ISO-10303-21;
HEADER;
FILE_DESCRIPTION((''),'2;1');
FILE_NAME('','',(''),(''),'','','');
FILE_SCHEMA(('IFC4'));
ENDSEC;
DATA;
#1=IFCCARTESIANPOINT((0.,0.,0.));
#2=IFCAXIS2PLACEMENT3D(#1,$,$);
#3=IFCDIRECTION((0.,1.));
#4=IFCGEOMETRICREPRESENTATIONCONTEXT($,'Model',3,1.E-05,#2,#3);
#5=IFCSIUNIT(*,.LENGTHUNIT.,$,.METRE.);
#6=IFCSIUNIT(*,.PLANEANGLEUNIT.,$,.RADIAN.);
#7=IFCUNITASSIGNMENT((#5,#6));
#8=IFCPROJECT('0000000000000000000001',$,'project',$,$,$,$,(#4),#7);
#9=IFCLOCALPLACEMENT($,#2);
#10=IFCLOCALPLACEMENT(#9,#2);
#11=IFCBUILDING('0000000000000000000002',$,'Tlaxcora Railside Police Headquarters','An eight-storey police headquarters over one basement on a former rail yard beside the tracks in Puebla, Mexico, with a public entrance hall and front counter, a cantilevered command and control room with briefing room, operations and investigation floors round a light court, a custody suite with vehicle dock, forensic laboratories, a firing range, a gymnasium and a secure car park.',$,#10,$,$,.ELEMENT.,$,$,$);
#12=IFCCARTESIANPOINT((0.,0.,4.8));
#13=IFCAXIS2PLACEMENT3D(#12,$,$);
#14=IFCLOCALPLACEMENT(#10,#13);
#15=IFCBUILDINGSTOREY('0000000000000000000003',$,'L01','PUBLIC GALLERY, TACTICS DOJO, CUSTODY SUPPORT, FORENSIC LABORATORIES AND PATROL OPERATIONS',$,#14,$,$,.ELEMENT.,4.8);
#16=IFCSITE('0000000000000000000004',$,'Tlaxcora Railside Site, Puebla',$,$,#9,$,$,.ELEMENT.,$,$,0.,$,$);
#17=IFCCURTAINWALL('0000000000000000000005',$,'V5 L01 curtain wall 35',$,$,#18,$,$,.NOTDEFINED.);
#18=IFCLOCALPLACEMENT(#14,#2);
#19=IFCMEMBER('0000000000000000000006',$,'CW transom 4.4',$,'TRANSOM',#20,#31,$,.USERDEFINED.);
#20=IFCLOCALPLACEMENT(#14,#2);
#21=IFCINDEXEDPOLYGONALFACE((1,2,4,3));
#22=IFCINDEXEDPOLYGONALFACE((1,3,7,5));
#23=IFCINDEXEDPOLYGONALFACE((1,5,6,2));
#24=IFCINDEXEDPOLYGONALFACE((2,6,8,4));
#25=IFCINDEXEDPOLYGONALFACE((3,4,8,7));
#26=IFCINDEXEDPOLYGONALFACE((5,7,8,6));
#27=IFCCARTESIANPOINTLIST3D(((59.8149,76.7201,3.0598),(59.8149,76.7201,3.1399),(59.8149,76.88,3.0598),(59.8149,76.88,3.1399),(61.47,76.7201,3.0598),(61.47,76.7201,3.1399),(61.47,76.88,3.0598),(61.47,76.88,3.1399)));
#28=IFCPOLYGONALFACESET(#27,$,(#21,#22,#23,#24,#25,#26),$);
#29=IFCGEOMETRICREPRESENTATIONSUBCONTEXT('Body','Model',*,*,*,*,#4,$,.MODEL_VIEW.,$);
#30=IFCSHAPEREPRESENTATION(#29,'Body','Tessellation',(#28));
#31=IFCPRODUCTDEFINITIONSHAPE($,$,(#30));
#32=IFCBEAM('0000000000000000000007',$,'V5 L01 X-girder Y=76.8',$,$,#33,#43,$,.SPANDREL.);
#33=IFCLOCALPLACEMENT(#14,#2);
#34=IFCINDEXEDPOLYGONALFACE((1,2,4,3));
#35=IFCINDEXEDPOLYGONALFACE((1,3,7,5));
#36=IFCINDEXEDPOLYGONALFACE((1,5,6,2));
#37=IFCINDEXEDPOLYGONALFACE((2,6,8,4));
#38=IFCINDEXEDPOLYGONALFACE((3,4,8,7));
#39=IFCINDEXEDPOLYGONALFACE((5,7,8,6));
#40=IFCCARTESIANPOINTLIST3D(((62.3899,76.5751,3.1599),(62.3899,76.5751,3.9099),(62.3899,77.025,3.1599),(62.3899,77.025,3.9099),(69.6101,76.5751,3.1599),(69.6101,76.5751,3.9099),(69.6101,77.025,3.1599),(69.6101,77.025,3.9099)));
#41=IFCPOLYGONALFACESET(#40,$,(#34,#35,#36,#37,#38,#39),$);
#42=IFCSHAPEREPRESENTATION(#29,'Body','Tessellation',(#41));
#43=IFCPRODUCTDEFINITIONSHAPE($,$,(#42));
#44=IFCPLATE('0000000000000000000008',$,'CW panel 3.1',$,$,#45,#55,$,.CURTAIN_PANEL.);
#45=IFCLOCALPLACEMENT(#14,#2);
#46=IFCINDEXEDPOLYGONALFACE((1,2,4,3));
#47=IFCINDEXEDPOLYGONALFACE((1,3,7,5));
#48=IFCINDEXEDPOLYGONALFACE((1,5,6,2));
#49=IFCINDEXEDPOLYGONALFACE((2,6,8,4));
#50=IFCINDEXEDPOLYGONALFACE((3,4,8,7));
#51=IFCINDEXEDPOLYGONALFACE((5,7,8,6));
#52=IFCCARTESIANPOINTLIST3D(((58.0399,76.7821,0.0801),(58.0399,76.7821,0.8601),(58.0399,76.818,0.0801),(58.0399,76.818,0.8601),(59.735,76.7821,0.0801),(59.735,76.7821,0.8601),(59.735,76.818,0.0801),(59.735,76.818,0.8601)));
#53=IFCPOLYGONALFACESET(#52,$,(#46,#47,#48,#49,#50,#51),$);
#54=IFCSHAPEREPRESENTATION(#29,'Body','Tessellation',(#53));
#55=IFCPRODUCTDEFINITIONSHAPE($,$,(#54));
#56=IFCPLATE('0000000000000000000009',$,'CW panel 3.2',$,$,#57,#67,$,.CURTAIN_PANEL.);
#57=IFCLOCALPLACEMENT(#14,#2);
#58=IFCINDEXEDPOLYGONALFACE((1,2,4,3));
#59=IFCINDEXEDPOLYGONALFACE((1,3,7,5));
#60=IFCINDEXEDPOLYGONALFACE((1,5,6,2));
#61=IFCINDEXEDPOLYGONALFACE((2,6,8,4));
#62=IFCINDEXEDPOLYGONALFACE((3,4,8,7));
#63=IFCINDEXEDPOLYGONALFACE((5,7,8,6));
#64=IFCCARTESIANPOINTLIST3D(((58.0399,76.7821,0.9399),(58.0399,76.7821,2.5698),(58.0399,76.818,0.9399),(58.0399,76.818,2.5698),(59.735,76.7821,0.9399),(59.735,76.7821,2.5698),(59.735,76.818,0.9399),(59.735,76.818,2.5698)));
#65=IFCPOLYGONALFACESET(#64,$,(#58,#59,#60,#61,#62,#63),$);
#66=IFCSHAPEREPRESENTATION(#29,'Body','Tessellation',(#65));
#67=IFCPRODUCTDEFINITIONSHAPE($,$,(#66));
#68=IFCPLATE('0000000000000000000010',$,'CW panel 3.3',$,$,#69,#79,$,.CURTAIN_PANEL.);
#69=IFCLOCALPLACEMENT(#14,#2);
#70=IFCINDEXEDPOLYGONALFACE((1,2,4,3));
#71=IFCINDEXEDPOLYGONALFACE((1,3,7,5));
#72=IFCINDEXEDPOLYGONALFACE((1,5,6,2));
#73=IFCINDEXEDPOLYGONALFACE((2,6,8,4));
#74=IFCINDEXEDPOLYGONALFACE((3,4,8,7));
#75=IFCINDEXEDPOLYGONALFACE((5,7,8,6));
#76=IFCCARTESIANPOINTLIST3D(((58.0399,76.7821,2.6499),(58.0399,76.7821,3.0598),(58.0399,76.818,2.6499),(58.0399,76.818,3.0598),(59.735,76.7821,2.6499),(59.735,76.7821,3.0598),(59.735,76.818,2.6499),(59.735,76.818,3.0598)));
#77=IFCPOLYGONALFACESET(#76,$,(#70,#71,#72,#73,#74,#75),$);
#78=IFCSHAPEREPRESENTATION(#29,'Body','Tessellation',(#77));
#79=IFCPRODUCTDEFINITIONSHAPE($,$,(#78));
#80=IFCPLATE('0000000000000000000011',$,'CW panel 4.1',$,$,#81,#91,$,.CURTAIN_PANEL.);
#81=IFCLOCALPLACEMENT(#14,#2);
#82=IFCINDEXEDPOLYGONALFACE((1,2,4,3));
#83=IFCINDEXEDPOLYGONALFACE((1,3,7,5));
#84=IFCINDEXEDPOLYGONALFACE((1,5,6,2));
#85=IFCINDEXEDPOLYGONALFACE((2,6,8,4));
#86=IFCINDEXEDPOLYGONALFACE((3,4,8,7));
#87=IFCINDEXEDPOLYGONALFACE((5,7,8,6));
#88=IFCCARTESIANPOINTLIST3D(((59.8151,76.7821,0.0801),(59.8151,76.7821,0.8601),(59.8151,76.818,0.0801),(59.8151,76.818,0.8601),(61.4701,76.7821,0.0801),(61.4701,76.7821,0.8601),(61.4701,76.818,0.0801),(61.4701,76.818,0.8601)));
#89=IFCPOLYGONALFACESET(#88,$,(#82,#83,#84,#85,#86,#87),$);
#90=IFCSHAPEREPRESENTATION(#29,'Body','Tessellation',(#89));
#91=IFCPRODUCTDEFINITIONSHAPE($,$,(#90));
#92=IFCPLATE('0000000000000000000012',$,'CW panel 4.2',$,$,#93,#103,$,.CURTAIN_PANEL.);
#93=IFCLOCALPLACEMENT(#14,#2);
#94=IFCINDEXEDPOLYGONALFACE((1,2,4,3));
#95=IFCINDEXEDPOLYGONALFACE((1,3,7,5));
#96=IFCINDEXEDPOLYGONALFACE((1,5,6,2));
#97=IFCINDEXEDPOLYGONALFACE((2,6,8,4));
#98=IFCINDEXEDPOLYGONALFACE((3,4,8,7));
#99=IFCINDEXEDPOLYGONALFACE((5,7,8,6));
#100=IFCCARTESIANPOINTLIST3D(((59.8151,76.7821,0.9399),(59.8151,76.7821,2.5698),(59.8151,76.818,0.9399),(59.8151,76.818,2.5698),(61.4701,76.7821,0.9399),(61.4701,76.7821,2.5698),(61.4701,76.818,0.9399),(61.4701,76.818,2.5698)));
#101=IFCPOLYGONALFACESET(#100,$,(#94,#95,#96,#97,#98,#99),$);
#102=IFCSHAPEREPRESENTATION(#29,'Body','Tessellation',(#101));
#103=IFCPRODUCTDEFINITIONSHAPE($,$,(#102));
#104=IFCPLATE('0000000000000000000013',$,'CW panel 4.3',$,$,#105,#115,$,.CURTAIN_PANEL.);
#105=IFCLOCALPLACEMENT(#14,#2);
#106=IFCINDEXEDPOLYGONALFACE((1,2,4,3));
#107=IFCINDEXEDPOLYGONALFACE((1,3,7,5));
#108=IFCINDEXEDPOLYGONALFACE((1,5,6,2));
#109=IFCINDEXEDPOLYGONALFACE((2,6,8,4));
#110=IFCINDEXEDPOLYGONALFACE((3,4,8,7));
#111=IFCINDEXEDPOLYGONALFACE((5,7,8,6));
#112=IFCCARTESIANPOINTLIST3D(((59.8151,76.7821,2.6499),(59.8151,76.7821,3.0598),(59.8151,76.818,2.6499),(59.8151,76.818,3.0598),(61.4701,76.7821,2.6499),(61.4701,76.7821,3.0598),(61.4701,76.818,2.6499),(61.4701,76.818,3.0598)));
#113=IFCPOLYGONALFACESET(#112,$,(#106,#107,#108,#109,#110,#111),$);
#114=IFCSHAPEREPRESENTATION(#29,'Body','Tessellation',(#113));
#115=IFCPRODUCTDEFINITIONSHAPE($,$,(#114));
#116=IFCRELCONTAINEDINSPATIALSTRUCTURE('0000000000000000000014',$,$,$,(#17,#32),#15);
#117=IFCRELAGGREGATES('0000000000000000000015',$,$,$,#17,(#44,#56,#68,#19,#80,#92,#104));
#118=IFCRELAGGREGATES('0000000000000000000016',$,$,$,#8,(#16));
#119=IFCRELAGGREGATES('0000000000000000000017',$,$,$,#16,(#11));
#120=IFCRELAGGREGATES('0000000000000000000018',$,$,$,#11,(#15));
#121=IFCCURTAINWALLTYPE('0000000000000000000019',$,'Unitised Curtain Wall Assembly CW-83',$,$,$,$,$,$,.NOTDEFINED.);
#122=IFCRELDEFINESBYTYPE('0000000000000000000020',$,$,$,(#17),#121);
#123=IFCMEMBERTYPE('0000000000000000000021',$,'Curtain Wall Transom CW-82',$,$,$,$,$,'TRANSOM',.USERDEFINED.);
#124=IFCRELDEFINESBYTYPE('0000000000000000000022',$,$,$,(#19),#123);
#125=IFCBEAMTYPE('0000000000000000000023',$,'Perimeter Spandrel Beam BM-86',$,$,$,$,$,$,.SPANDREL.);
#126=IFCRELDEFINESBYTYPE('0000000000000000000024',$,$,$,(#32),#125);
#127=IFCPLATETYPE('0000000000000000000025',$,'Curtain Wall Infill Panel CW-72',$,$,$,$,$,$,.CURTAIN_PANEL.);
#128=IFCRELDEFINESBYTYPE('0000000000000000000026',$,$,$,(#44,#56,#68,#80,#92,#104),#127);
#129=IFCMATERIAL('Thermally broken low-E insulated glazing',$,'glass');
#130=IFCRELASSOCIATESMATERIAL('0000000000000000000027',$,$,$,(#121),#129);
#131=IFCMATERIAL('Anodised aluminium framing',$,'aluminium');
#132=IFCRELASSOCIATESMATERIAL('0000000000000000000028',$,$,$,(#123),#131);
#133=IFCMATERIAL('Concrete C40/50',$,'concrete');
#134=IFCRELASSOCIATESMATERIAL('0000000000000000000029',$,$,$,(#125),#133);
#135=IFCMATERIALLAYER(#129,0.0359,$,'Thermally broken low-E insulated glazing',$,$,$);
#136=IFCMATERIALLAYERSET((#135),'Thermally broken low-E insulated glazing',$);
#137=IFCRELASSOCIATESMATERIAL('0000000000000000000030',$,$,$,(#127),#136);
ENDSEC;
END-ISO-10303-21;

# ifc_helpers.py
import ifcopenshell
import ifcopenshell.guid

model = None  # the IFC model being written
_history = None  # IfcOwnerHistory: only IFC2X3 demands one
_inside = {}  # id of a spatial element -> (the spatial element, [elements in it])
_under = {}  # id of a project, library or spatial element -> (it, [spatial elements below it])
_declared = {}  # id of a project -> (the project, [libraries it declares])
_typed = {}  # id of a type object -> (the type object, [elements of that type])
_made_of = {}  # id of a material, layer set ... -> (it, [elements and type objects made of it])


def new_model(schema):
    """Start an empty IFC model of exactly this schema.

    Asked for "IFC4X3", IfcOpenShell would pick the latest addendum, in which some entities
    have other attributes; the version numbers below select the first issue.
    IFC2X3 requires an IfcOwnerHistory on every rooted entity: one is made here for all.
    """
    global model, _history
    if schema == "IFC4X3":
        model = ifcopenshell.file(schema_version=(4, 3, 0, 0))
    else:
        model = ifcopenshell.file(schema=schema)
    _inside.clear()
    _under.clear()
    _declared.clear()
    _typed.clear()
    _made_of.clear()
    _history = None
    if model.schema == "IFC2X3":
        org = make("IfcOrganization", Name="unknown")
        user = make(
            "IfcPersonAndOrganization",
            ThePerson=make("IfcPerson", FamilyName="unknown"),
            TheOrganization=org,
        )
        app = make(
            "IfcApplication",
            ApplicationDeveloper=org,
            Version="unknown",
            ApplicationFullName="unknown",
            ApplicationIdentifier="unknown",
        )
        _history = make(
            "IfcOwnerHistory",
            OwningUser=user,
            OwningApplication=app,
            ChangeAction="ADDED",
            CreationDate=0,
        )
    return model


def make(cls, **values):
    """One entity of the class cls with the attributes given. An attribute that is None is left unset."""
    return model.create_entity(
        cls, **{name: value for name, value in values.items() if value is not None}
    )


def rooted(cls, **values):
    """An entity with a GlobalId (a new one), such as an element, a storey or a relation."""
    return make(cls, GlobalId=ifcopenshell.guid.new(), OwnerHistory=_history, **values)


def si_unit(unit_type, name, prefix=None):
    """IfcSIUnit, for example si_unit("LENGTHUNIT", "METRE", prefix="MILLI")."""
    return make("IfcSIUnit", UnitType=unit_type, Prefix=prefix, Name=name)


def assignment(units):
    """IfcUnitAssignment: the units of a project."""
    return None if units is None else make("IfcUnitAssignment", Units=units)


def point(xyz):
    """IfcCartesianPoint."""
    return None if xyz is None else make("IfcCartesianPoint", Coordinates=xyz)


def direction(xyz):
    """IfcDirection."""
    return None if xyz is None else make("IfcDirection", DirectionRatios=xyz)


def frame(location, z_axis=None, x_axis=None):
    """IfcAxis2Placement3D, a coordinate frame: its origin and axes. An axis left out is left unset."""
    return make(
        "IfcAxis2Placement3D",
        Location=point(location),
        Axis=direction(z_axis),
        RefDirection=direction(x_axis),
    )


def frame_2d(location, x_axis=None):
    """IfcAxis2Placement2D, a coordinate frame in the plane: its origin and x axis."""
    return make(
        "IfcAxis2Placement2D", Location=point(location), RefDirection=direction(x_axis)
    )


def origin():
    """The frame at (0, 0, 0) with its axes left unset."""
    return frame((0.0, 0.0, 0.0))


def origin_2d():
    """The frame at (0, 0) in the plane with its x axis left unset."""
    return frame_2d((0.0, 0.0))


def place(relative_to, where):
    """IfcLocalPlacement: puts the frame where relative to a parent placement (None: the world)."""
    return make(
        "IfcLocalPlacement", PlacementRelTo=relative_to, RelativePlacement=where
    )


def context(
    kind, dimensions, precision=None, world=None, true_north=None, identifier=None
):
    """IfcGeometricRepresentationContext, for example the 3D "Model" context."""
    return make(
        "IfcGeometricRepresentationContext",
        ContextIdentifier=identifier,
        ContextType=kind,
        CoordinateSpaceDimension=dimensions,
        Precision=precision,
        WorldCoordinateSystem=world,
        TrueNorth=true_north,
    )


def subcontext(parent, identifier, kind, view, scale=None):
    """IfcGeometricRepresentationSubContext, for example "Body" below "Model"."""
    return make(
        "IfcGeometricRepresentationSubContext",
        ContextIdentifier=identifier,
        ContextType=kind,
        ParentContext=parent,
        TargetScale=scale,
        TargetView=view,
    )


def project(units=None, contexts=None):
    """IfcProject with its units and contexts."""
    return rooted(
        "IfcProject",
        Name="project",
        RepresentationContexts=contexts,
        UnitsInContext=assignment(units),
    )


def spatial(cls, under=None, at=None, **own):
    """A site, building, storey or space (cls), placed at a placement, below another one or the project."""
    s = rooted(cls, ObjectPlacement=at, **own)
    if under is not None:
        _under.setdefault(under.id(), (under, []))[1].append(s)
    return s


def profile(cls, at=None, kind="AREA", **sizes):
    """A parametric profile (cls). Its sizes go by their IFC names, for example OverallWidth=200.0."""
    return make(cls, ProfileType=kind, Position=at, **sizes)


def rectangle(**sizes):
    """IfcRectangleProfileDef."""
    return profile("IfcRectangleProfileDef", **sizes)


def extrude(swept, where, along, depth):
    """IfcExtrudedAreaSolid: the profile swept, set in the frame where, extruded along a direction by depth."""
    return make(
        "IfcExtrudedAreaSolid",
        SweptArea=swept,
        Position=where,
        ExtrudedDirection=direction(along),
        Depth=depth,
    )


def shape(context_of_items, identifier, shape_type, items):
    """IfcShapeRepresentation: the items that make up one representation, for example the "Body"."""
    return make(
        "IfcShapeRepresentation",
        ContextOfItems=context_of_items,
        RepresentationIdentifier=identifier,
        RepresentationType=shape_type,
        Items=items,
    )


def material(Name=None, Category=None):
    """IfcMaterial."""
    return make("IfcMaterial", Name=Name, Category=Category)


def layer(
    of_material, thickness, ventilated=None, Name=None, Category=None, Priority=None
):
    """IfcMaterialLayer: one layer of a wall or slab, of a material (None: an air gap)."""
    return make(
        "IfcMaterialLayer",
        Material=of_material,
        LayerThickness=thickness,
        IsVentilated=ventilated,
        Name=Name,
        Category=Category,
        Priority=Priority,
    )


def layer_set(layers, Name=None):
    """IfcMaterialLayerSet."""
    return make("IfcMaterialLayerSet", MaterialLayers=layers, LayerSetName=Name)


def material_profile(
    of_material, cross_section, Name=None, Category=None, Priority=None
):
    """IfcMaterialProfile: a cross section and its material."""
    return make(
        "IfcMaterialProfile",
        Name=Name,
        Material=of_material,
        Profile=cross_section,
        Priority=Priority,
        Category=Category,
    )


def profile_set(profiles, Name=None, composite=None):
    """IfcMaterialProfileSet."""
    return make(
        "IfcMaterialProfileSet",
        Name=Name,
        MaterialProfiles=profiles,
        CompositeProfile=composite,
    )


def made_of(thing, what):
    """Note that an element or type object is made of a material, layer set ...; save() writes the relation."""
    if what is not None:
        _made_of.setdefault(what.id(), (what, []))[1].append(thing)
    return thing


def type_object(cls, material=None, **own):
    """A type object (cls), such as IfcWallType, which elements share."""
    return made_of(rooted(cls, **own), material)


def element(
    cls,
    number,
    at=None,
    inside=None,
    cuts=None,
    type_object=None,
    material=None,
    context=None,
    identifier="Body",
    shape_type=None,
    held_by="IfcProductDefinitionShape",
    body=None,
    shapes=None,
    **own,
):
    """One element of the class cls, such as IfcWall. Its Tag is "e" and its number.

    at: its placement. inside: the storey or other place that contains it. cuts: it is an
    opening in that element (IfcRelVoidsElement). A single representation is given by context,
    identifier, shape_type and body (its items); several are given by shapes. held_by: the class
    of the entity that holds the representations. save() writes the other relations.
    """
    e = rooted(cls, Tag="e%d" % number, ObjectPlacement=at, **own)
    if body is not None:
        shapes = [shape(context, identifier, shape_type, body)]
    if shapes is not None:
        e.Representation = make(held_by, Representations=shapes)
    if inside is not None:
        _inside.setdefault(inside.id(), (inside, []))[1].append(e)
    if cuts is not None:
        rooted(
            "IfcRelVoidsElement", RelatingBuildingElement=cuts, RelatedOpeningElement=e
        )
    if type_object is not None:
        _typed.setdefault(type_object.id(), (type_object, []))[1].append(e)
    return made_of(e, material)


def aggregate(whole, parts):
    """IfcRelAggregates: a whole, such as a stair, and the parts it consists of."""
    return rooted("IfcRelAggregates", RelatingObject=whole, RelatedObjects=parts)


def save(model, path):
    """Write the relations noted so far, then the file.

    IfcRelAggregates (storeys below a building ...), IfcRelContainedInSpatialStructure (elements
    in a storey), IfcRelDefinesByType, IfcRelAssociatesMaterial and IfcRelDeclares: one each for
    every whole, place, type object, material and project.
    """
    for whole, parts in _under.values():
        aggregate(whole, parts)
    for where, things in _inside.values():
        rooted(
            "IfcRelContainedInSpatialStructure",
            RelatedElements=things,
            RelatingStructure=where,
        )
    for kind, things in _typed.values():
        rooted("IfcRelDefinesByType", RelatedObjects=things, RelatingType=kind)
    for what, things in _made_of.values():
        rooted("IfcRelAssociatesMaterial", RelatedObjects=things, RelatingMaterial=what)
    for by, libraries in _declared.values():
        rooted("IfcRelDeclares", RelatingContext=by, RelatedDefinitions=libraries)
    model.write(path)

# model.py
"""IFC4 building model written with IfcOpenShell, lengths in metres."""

from ifc_helpers import new_model, si_unit, direction, frame, origin, origin_2d, place, context, subcontext, project, spatial, rectangle, extrude, material, layer, layer_set, material_profile, profile_set, type_object, element, aggregate, save


model = new_model("IFC4")

# Units and contexts
model_context = context("Model", 3, precision=1e-05, world=origin(), true_north=direction((0.0, 1.0)))
body_context = subcontext(model_context, "Body", "Model", "MODEL_VIEW")
ifc_project = project(units=[si_unit("LENGTHUNIT", "METRE"), si_unit("PLANEANGLEUNIT", "RADIAN")], contexts=[model_context])

# Site, building, storey
site_placement = place(None, origin())
site = spatial("IfcSite", under=ifc_project, at=site_placement, Name="Tlaxcora Railside Site, Puebla", CompositionType="ELEMENT", RefElevation=0.0)
building_placement = place(site_placement, origin())
building = spatial("IfcBuilding", under=site, at=building_placement, Name="Tlaxcora Railside Police Headquarters", Description="An eight-storey police headquarters over one basement on a former rail yard beside the tracks in Puebla, Mexico, with a public entrance hall and front counter, a cantilevered command and control room with briefing room, operations and investigation floors round a light court, a custody suite with vehicle dock, forensic laboratories, a firing range, a gymnasium and a secure car park.", CompositionType="ELEMENT")
storey_placement = place(building_placement, frame((0.0, 0.0, 4.8)))
storey = spatial("IfcBuildingStorey", under=building, at=storey_placement, Name="L01", Description="PUBLIC GALLERY, TACTICS DOJO, CUSTODY SUPPORT, FORENSIC LABORATORIES AND PATROL OPERATIONS", CompositionType="ELEMENT", Elevation=4.8)

# Shared definitions
ifc_material_1 = material(Name="Concrete C40/50", Category="concrete")

# Shared definitions
ifc_material_2 = material(Name="Thermally broken low-E insulated glazing", Category="glass")
ifc_material_3 = material(Name="Anodised aluminium framing", Category="aluminium")

# Curtain wall
curtain_wall_type_1 = type_object("IfcCurtainWallType", Name="Unitised Curtain Wall Assembly CW-83", PredefinedType="NOTDEFINED", material=ifc_material_2)
curtain_wall_1_placement = place(storey_placement, origin())
curtain_wall_1 = element("IfcCurtainWall", 1, at=curtain_wall_1_placement, inside=storey, type_object=curtain_wall_type_1, Name="V5 L01 curtain wall 35", PredefinedType="NOTDEFINED")

# Member
ifc_material_profile_1 = material_profile(ifc_material_3, rectangle(XDim=0.1599, YDim=0.0801, at=origin_2d()), Name="AL80X160")
ifc_profile_set_1 = profile_set([ifc_material_profile_1], Name="Anodised aluminium framing")
member_type_1 = type_object("IfcMemberType", Name="Curtain Wall Transom CW-82", ElementType="TRANSOM", PredefinedType="USERDEFINED", material=ifc_profile_set_1)
member_1_placement = place(storey_placement, frame((59.8149, 76.8, 3.0999), z_axis=(1.0, 0.0, 0.0), x_axis=(0.0, 1.0, 0.0)))
member_1 = element("IfcMember", 2, at=member_1_placement, type_object=member_type_1, Name="CW transom 4.4", ObjectType="TRANSOM", PredefinedType="USERDEFINED", context=body_context, shape_type="SweptSolid", body=[
    extrude(rectangle(XDim=0.1599, YDim=0.0801, at=origin_2d()), origin(), (0.0, 0.0, 1.0), 1.655),
])

# Beam
ifc_material_profile_2 = material_profile(ifc_material_1, rectangle(XDim=0.45, YDim=0.75, at=origin_2d()), Name="RC450X750")
ifc_profile_set_2 = profile_set([ifc_material_profile_2], Name="Concrete C40/50")
beam_type = type_object("IfcBeamType", Name="Perimeter Spandrel Beam BM-86", PredefinedType="SPANDREL", material=ifc_profile_set_2)
beam_placement = place(storey_placement, frame((62.3899, 76.8, 3.5349), z_axis=(1.0, 0.0, 0.0), x_axis=(0.0, 1.0, 0.0)))
element("IfcBeam", 3, at=beam_placement, inside=storey, type_object=beam_type, Name="V5 L01 X-girder Y=76.8", PredefinedType="SPANDREL", context=body_context, shape_type="SweptSolid", body=[
    extrude(rectangle(XDim=0.45, YDim=0.75, at=origin_2d()), origin(), (0.0, 0.0, 1.0), 7.2202),
])

# Plates
ifc_layer = layer(ifc_material_2, 0.0359, Name="Thermally broken low-E insulated glazing")
ifc_layer_set = layer_set([ifc_layer], Name="Thermally broken low-E insulated glazing")
plate_type = type_object("IfcPlateType", Name="Curtain Wall Infill Panel CW-72", PredefinedType="CURTAIN_PANEL", material=ifc_layer_set)
plate_1_placement = place(storey_placement, frame((58.8875, 76.8, 0.0801), z_axis=(0.0, 0.0, 1.0), x_axis=(1.0, 0.0, 0.0)))
plate_1 = element("IfcPlate", 4, at=plate_1_placement, type_object=plate_type, Name="CW panel 3.1", PredefinedType="CURTAIN_PANEL", context=body_context, shape_type="SweptSolid", body=[
    extrude(rectangle(XDim=1.6951, YDim=0.0359, at=origin_2d()), origin(), (0.0, 0.0, 1.0), 0.78),
])
plate_2_placement = place(storey_placement, frame((58.8875, 76.8, 0.9399), z_axis=(0.0, 0.0, 1.0), x_axis=(1.0, 0.0, 0.0)))
plate_2 = element("IfcPlate", 5, at=plate_2_placement, type_object=plate_type, Name="CW panel 3.2", PredefinedType="CURTAIN_PANEL", context=body_context, shape_type="SweptSolid", body=[
    extrude(rectangle(XDim=1.6951, YDim=0.0359, at=origin_2d()), origin(), (0.0, 0.0, 1.0), 1.6299),
])
plate_3_placement = place(storey_placement, frame((58.8875, 76.8, 2.6499), z_axis=(0.0, 0.0, 1.0), x_axis=(1.0, 0.0, 0.0)))
plate_3 = element("IfcPlate", 6, at=plate_3_placement, type_object=plate_type, Name="CW panel 3.3", PredefinedType="CURTAIN_PANEL", context=body_context, shape_type="SweptSolid", body=[
    extrude(rectangle(XDim=1.6951, YDim=0.0359, at=origin_2d()), origin(), (0.0, 0.0, 1.0), 0.4099),
])
plate_4_placement = place(storey_placement, frame((60.6426, 76.8, 0.0801), z_axis=(0.0, 0.0, 1.0), x_axis=(1.0, 0.0, 0.0)))
plate_4 = element("IfcPlate", 7, at=plate_4_placement, type_object=plate_type, Name="CW panel 4.1", PredefinedType="CURTAIN_PANEL", context=body_context, shape_type="SweptSolid", body=[
    extrude(rectangle(XDim=1.655, YDim=0.0359, at=origin_2d()), origin(), (0.0, 0.0, 1.0), 0.78),
])
plate_5_placement = place(storey_placement, frame((60.6426, 76.8, 0.9399), z_axis=(0.0, 0.0, 1.0), x_axis=(1.0, 0.0, 0.0)))
plate_5 = element("IfcPlate", 8, at=plate_5_placement, type_object=plate_type, Name="CW panel 4.2", PredefinedType="CURTAIN_PANEL", context=body_context, shape_type="SweptSolid", body=[
    extrude(rectangle(XDim=1.655, YDim=0.0359, at=origin_2d()), origin(), (0.0, 0.0, 1.0), 1.6299),
])
plate_6_placement = place(storey_placement, frame((60.6426, 76.8, 2.6499), z_axis=(0.0, 0.0, 1.0), x_axis=(1.0, 0.0, 0.0)))
plate_6 = element("IfcPlate", 9, at=plate_6_placement, type_object=plate_type, Name="CW panel 4.3", PredefinedType="CURTAIN_PANEL", context=body_context, shape_type="SweptSolid", body=[
    extrude(rectangle(XDim=1.655, YDim=0.0359, at=origin_2d()), origin(), (0.0, 0.0, 1.0), 0.4099),
])
aggregate(curtain_wall_1, [plate_1, plate_2, plate_3, member_1, plate_4, plate_5, plate_6])

save(model, "model.ifc")
